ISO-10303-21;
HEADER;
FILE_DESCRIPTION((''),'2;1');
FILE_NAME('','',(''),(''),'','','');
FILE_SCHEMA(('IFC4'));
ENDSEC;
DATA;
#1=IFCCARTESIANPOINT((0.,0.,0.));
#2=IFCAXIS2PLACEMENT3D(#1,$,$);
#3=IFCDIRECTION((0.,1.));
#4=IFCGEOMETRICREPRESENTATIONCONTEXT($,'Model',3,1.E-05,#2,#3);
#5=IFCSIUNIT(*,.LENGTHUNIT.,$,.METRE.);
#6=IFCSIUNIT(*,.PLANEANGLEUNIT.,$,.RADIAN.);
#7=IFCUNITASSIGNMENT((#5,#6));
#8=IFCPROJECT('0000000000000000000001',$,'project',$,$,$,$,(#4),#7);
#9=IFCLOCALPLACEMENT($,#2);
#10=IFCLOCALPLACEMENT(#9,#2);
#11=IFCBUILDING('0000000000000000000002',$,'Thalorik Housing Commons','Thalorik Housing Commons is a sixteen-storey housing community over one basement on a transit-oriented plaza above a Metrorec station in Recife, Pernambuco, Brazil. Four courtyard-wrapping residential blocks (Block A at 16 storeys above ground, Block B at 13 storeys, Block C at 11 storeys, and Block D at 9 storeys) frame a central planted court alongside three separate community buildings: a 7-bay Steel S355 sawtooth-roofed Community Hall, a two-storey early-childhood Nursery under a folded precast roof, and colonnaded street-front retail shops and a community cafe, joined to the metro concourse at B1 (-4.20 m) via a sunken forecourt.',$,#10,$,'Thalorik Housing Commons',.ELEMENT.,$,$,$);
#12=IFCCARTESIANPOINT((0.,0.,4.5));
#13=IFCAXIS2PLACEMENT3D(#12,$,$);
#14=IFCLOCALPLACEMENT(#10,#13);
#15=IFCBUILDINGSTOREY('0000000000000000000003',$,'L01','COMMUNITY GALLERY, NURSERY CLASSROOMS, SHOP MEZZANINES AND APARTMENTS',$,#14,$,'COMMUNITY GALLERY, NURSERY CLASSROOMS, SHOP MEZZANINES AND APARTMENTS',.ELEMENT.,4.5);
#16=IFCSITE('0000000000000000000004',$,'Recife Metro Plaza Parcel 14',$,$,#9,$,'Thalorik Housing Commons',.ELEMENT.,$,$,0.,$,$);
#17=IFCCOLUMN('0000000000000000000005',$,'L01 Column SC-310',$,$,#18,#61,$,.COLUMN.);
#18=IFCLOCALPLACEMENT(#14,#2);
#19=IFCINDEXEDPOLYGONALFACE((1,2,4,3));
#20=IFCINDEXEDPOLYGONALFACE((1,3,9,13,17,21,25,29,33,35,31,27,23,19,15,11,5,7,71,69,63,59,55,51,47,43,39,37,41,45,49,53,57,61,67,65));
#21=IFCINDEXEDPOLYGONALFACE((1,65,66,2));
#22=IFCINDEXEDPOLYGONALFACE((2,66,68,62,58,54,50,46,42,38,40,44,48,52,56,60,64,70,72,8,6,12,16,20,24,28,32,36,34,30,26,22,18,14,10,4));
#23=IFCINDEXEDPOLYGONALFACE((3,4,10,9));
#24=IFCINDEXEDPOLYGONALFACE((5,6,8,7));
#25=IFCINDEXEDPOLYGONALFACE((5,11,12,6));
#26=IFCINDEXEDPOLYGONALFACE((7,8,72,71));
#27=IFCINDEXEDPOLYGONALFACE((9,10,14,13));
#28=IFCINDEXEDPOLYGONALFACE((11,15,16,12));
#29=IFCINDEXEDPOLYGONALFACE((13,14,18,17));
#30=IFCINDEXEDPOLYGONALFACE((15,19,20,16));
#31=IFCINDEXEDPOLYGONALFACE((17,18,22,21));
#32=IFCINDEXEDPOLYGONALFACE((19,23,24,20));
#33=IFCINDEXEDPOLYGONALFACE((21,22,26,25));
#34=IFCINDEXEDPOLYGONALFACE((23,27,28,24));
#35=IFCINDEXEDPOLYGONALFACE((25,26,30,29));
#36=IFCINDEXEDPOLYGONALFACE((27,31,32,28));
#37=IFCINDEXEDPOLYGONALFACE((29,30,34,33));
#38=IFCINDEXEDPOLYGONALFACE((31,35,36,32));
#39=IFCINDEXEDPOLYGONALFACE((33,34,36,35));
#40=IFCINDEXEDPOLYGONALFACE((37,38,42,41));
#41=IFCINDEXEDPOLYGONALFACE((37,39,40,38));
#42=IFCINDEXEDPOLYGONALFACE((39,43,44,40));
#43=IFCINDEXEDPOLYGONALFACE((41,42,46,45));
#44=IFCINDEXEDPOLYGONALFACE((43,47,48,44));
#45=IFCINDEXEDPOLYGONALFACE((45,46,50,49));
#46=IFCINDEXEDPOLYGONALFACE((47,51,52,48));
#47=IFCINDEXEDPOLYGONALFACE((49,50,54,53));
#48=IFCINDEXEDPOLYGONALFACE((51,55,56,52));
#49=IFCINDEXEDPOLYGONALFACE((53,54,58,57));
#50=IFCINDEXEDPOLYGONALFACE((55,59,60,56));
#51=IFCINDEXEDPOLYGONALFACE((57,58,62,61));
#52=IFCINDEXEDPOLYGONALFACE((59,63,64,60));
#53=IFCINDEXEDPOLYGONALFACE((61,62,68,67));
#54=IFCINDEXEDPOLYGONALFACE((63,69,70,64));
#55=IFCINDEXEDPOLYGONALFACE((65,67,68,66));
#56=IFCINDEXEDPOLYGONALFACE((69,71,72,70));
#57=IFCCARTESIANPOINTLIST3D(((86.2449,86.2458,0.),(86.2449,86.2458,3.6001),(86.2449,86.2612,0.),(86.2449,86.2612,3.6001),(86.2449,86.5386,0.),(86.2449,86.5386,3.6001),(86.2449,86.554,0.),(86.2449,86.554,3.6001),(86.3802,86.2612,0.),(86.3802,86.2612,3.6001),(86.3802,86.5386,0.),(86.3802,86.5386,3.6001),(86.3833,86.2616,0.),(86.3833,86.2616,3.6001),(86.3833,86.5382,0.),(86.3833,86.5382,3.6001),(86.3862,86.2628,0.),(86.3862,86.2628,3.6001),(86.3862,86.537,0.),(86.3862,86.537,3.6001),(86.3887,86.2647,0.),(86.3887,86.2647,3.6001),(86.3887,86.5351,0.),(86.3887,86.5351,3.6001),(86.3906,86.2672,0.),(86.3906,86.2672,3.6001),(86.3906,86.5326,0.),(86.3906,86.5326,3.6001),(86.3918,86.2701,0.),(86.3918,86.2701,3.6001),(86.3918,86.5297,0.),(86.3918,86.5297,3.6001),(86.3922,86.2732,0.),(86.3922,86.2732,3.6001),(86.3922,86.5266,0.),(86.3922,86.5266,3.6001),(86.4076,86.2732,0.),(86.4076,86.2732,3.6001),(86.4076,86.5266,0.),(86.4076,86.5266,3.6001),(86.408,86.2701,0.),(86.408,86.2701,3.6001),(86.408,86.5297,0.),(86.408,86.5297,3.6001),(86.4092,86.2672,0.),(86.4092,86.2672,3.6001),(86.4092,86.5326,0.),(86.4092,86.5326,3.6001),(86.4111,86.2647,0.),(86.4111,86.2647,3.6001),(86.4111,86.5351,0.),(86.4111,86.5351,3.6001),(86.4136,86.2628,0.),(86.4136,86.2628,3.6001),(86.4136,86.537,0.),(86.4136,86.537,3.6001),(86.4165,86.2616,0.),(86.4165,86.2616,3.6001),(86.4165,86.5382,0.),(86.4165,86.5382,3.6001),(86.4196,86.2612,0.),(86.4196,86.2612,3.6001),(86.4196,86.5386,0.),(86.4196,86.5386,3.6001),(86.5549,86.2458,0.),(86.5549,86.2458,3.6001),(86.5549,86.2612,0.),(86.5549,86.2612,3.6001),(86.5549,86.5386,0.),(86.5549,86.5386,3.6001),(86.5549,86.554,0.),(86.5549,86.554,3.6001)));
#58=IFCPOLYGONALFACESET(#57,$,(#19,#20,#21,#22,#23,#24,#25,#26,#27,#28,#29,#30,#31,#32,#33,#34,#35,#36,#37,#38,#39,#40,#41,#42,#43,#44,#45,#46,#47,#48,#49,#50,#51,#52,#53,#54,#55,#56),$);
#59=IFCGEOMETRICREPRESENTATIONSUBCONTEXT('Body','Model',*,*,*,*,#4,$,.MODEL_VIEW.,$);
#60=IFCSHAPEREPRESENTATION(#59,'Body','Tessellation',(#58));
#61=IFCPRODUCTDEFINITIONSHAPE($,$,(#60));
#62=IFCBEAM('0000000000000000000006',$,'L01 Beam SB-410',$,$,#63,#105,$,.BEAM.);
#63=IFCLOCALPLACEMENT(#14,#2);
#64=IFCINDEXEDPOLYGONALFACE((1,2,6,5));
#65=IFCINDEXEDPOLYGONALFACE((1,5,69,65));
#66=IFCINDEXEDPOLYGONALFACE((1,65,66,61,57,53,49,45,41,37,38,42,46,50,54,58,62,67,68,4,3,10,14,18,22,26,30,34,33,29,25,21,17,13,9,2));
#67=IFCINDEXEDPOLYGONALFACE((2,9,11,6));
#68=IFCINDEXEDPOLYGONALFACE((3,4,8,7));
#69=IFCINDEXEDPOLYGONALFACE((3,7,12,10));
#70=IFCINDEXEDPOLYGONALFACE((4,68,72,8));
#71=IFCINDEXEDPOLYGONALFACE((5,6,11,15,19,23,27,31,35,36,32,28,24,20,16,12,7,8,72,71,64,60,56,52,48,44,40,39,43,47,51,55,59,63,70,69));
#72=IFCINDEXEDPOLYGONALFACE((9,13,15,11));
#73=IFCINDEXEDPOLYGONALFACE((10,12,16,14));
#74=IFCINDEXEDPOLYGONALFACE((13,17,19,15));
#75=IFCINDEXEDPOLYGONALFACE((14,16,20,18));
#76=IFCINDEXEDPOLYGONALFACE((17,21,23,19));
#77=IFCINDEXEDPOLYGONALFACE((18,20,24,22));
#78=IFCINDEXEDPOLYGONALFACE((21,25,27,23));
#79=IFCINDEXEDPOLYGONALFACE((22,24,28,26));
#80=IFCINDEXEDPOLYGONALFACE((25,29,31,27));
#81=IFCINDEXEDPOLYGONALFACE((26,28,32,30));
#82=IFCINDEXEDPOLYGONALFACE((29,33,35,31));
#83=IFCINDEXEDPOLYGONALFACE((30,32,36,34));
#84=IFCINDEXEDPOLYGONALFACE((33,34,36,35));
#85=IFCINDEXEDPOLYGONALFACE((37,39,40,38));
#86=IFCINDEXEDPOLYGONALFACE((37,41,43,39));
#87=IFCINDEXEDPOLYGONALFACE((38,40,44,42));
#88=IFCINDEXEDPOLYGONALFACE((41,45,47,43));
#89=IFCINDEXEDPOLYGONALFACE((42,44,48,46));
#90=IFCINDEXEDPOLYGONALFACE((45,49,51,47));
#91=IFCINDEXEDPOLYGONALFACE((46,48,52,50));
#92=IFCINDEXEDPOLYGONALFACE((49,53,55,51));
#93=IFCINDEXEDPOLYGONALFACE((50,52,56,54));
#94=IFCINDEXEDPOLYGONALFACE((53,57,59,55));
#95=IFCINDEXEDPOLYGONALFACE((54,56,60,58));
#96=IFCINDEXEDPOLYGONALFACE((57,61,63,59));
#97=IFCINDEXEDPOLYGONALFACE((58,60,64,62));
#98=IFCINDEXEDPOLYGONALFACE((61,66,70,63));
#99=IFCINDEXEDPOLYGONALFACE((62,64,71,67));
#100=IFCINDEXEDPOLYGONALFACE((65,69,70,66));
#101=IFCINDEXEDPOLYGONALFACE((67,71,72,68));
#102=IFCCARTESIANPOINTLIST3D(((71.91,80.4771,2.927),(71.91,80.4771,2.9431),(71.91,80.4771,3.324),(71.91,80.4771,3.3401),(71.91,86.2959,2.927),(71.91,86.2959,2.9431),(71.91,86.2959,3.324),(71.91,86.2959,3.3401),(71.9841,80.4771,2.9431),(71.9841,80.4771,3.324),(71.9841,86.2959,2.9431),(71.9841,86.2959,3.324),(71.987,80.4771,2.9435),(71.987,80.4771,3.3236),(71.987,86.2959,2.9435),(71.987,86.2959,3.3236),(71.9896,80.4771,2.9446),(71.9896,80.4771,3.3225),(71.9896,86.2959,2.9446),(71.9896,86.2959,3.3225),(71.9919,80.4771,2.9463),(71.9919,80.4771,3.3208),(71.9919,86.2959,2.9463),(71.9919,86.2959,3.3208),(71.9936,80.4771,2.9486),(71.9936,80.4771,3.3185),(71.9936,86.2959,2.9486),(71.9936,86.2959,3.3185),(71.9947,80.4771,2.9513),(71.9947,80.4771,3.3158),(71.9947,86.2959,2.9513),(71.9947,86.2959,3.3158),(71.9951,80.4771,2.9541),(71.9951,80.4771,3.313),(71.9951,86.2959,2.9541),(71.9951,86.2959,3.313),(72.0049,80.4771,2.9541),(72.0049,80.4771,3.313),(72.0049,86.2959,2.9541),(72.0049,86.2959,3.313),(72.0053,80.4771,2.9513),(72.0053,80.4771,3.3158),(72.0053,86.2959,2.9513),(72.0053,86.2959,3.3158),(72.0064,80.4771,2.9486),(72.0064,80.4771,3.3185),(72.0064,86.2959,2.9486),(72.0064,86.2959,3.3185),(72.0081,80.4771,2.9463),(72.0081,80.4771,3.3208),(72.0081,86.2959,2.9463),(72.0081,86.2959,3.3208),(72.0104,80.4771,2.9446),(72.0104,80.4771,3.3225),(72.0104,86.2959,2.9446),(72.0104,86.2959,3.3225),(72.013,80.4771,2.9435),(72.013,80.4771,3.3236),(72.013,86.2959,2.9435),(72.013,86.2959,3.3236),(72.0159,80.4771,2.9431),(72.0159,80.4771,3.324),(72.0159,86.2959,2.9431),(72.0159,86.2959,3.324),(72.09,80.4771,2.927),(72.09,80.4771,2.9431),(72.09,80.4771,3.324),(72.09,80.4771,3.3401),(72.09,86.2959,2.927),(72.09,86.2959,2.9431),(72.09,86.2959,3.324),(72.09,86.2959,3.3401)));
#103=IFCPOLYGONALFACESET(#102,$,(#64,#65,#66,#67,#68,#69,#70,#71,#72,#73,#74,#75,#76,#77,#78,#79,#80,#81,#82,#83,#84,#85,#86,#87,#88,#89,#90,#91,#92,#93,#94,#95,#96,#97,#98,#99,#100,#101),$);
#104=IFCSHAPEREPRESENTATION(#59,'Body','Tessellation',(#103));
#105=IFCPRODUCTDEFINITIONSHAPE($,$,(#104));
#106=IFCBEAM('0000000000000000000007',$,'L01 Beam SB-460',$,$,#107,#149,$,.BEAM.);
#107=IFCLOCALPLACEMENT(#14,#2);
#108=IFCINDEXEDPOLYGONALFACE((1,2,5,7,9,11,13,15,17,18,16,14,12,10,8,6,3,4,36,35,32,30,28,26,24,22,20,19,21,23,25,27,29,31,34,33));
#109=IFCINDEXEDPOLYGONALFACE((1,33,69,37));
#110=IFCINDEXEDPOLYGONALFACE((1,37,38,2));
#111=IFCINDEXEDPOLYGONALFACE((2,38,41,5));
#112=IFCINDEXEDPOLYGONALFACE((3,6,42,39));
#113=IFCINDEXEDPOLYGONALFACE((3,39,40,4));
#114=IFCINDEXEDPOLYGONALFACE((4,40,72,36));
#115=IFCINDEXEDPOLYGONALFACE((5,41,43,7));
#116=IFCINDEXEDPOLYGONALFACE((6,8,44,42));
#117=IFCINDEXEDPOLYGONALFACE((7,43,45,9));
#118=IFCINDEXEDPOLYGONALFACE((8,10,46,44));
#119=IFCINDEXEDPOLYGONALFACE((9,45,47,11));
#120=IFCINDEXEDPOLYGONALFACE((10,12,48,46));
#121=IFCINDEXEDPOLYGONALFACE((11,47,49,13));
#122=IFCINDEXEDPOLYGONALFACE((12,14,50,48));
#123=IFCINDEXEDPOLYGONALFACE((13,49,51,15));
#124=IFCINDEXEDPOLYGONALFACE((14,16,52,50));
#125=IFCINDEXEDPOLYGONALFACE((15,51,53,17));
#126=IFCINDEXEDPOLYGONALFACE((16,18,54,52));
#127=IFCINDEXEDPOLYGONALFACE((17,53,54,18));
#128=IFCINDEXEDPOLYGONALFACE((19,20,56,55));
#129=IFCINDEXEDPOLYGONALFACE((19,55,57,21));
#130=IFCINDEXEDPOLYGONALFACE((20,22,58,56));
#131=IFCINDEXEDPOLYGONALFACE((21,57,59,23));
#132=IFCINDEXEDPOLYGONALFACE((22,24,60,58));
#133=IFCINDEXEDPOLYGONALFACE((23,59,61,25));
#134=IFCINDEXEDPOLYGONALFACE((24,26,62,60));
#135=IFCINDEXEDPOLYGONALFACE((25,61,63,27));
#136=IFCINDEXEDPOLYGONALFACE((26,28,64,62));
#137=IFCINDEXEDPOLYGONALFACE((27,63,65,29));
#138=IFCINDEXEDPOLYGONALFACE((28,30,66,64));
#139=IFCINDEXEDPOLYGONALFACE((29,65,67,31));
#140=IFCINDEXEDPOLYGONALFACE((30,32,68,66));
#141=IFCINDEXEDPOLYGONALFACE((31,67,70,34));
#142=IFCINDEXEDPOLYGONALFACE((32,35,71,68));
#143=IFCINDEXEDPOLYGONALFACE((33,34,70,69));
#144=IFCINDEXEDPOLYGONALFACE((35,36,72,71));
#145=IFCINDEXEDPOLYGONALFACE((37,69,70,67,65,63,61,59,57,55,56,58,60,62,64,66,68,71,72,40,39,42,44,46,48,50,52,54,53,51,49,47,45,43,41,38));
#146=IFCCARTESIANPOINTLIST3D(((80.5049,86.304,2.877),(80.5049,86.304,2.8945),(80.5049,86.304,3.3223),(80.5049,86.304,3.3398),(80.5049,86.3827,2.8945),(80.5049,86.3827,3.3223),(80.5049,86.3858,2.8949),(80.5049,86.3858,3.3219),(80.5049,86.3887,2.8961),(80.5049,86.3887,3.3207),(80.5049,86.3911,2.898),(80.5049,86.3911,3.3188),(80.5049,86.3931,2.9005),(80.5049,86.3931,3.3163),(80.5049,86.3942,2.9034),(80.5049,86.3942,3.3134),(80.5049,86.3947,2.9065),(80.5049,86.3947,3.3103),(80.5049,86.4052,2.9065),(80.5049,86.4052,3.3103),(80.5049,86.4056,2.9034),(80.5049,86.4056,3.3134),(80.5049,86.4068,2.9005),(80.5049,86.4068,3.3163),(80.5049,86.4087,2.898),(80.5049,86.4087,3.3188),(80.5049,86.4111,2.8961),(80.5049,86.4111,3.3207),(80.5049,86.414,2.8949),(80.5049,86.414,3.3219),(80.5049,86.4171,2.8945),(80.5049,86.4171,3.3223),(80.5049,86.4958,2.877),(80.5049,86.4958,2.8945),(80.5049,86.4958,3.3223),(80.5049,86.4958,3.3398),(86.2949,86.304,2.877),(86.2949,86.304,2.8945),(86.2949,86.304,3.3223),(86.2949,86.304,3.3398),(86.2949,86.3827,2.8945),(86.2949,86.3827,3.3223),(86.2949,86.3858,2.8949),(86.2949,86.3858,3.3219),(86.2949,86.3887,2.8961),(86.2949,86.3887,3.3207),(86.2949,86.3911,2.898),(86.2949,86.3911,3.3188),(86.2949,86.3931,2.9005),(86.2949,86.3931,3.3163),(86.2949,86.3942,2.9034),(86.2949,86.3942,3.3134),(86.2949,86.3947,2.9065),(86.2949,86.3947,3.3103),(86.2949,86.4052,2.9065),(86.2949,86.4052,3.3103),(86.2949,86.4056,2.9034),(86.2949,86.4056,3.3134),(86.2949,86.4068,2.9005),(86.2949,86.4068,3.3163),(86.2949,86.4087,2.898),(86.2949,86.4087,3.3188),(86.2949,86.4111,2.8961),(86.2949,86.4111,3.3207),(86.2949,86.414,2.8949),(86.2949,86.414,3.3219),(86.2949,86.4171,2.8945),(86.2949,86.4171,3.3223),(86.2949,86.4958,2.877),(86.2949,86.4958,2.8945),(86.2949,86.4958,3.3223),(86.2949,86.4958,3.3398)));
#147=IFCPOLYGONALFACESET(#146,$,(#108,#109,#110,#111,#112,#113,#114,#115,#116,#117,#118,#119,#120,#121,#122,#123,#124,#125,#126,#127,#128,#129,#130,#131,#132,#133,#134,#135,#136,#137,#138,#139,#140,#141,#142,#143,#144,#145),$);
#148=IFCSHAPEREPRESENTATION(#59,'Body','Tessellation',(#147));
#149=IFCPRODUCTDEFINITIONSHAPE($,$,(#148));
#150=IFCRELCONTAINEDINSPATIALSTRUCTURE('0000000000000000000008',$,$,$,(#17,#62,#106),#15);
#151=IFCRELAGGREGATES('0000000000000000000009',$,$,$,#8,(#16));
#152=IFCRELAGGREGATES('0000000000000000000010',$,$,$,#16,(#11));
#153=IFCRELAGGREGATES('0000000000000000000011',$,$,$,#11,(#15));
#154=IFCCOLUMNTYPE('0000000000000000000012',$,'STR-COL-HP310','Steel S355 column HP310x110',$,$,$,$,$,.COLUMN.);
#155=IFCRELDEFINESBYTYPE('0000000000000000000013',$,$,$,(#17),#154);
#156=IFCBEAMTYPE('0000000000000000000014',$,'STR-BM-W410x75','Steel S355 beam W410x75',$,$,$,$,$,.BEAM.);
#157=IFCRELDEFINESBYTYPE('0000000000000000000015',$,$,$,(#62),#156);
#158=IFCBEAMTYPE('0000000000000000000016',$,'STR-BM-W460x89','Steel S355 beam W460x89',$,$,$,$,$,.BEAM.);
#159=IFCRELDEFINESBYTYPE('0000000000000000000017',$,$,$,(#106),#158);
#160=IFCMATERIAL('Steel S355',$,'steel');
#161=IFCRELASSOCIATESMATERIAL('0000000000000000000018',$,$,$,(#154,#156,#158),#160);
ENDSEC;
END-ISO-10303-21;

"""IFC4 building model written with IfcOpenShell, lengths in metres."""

from ifc_helpers import new_model, si_unit, direction, frame, origin, origin_2d, place, context, subcontext, project, spatial, i_section, extrude, material, material_profile, profile_set, type_object, element, save


model = new_model("IFC4")

# Units and contexts
model_context = context("Model", 3, precision=1e-05, world=origin(), true_north=direction((0.0, 1.0)))
body_context = subcontext(model_context, "Body", "Model", "MODEL_VIEW")
ifc_project = project(units=[si_unit("LENGTHUNIT", "METRE"), si_unit("PLANEANGLEUNIT", "RADIAN")], contexts=[model_context])

# Site, building, storey
site_placement = place(None, origin())
site = spatial("IfcSite", under=ifc_project, at=site_placement, Name="Recife Metro Plaza Parcel 14", LongName="Thalorik Housing Commons", CompositionType="ELEMENT", RefElevation=0.0)
building_placement = place(site_placement, origin())
building = spatial("IfcBuilding", under=site, at=building_placement, Name="Thalorik Housing Commons", Description="Thalorik Housing Commons is a sixteen-storey housing community over one basement on a transit-oriented plaza above a Metrorec station in Recife, Pernambuco, Brazil. Four courtyard-wrapping residential blocks (Block A at 16 storeys above ground, Block B at 13 storeys, Block C at 11 storeys, and Block D at 9 storeys) frame a central planted court alongside three separate community buildings: a 7-bay Steel S355 sawtooth-roofed Community Hall, a two-storey early-childhood Nursery under a folded precast roof, and colonnaded street-front retail shops and a community cafe, joined to the metro concourse at B1 (-4.20 m) via a sunken forecourt.", LongName="Thalorik Housing Commons", CompositionType="ELEMENT")
storey_placement = place(building_placement, frame((0.0, 0.0, 4.5)))
storey = spatial("IfcBuildingStorey", under=building, at=storey_placement, Name="L01", Description="COMMUNITY GALLERY, NURSERY CLASSROOMS, SHOP MEZZANINES AND APARTMENTS", LongName="COMMUNITY GALLERY, NURSERY CLASSROOMS, SHOP MEZZANINES AND APARTMENTS", CompositionType="ELEMENT", Elevation=4.5)

# Column
ifc_material_1 = material(Name="Steel S355", Category="steel")
ifc_material_profile_1 = material_profile(ifc_material_1, i_section(OverallWidth=0.3101, OverallDepth=0.3081, WebThickness=0.0154, FlangeThickness=0.0154, FilletRadius=0.012, at=origin_2d()), Name="HP310x110", Category="steel")
ifc_profile_set_1 = profile_set([ifc_material_profile_1], Name="Steel S355")
column_type_1 = type_object("IfcColumnType", Name="STR-COL-HP310", Description="Steel S355 column HP310x110", PredefinedType="COLUMN", material=ifc_profile_set_1)
for number, where, z_axis, x_axis, name in (
    (1, (86.3999, 86.3999, 0.0), (0.0, 0.0, 1.0), (1.0, 0.0, 0.0), "L01 Column SC-310"),
):
    element("IfcColumn", number, at=place(storey_placement, frame(where, z_axis=z_axis, x_axis=x_axis)), inside=storey, type_object=column_type_1, Name=name, PredefinedType="COLUMN", context=body_context, shape_type="SweptSolid", body=[
        extrude(i_section(OverallWidth=0.3101, OverallDepth=0.3081, WebThickness=0.0154, FlangeThickness=0.0154, FilletRadius=0.012, at=origin_2d()), origin(), (0.0, 0.0, 1.0), 3.6001),
    ])

# Beams
ifc_material_profile_2 = material_profile(ifc_material_1, i_section(OverallWidth=0.1799, OverallDepth=0.4131, WebThickness=0.0098, FlangeThickness=0.0161, FilletRadius=0.011, at=origin_2d()), Name="W410x75", Category="steel")
ifc_profile_set_2 = profile_set([ifc_material_profile_2], Name="Steel S355")
beam_type_1 = type_object("IfcBeamType", Name="STR-BM-W410x75", Description="Steel S355 beam W410x75", PredefinedType="BEAM", material=ifc_profile_set_2)
beam_1_placement = place(storey_placement, frame((72.0, 80.4771, 3.1335), z_axis=(0.0, 1.0, 0.0), x_axis=(-1.0, 0.0, 0.0)))
element("IfcBeam", 2, at=beam_1_placement, inside=storey, type_object=beam_type_1, Name="L01 Beam SB-410", PredefinedType="BEAM", context=body_context, shape_type="SweptSolid", body=[
    extrude(i_section(OverallWidth=0.1799, OverallDepth=0.4131, WebThickness=0.0098, FlangeThickness=0.0161, FilletRadius=0.011, at=origin_2d()), origin(), (0.0, 0.0, 1.0), 5.8188),
])
ifc_material_profile_3 = material_profile(ifc_material_1, i_section(OverallWidth=0.1919, OverallDepth=0.4629, WebThickness=0.0105, FlangeThickness=0.0176, FilletRadius=0.012, at=origin_2d()), Name="W460x89", Category="steel")
ifc_profile_set_3 = profile_set([ifc_material_profile_3], Name="Steel S355")
beam_type_2 = type_object("IfcBeamType", Name="STR-BM-W460x89", Description="Steel S355 beam W460x89", PredefinedType="BEAM", material=ifc_profile_set_3)
beam_2_placement = place(storey_placement, frame((80.5049, 86.3999, 3.1084), z_axis=(1.0, 0.0, 0.0), x_axis=(0.0, 1.0, 0.0)))
element("IfcBeam", 3, at=beam_2_placement, inside=storey, type_object=beam_type_2, Name="L01 Beam SB-460", PredefinedType="BEAM", context=body_context, shape_type="SweptSolid", body=[
    extrude(i_section(OverallWidth=0.1919, OverallDepth=0.4629, WebThickness=0.0105, FlangeThickness=0.0176, FilletRadius=0.012, at=origin_2d()), origin(), (0.0, 0.0, 1.0), 5.79),
])

save(model, "model.ifc")
